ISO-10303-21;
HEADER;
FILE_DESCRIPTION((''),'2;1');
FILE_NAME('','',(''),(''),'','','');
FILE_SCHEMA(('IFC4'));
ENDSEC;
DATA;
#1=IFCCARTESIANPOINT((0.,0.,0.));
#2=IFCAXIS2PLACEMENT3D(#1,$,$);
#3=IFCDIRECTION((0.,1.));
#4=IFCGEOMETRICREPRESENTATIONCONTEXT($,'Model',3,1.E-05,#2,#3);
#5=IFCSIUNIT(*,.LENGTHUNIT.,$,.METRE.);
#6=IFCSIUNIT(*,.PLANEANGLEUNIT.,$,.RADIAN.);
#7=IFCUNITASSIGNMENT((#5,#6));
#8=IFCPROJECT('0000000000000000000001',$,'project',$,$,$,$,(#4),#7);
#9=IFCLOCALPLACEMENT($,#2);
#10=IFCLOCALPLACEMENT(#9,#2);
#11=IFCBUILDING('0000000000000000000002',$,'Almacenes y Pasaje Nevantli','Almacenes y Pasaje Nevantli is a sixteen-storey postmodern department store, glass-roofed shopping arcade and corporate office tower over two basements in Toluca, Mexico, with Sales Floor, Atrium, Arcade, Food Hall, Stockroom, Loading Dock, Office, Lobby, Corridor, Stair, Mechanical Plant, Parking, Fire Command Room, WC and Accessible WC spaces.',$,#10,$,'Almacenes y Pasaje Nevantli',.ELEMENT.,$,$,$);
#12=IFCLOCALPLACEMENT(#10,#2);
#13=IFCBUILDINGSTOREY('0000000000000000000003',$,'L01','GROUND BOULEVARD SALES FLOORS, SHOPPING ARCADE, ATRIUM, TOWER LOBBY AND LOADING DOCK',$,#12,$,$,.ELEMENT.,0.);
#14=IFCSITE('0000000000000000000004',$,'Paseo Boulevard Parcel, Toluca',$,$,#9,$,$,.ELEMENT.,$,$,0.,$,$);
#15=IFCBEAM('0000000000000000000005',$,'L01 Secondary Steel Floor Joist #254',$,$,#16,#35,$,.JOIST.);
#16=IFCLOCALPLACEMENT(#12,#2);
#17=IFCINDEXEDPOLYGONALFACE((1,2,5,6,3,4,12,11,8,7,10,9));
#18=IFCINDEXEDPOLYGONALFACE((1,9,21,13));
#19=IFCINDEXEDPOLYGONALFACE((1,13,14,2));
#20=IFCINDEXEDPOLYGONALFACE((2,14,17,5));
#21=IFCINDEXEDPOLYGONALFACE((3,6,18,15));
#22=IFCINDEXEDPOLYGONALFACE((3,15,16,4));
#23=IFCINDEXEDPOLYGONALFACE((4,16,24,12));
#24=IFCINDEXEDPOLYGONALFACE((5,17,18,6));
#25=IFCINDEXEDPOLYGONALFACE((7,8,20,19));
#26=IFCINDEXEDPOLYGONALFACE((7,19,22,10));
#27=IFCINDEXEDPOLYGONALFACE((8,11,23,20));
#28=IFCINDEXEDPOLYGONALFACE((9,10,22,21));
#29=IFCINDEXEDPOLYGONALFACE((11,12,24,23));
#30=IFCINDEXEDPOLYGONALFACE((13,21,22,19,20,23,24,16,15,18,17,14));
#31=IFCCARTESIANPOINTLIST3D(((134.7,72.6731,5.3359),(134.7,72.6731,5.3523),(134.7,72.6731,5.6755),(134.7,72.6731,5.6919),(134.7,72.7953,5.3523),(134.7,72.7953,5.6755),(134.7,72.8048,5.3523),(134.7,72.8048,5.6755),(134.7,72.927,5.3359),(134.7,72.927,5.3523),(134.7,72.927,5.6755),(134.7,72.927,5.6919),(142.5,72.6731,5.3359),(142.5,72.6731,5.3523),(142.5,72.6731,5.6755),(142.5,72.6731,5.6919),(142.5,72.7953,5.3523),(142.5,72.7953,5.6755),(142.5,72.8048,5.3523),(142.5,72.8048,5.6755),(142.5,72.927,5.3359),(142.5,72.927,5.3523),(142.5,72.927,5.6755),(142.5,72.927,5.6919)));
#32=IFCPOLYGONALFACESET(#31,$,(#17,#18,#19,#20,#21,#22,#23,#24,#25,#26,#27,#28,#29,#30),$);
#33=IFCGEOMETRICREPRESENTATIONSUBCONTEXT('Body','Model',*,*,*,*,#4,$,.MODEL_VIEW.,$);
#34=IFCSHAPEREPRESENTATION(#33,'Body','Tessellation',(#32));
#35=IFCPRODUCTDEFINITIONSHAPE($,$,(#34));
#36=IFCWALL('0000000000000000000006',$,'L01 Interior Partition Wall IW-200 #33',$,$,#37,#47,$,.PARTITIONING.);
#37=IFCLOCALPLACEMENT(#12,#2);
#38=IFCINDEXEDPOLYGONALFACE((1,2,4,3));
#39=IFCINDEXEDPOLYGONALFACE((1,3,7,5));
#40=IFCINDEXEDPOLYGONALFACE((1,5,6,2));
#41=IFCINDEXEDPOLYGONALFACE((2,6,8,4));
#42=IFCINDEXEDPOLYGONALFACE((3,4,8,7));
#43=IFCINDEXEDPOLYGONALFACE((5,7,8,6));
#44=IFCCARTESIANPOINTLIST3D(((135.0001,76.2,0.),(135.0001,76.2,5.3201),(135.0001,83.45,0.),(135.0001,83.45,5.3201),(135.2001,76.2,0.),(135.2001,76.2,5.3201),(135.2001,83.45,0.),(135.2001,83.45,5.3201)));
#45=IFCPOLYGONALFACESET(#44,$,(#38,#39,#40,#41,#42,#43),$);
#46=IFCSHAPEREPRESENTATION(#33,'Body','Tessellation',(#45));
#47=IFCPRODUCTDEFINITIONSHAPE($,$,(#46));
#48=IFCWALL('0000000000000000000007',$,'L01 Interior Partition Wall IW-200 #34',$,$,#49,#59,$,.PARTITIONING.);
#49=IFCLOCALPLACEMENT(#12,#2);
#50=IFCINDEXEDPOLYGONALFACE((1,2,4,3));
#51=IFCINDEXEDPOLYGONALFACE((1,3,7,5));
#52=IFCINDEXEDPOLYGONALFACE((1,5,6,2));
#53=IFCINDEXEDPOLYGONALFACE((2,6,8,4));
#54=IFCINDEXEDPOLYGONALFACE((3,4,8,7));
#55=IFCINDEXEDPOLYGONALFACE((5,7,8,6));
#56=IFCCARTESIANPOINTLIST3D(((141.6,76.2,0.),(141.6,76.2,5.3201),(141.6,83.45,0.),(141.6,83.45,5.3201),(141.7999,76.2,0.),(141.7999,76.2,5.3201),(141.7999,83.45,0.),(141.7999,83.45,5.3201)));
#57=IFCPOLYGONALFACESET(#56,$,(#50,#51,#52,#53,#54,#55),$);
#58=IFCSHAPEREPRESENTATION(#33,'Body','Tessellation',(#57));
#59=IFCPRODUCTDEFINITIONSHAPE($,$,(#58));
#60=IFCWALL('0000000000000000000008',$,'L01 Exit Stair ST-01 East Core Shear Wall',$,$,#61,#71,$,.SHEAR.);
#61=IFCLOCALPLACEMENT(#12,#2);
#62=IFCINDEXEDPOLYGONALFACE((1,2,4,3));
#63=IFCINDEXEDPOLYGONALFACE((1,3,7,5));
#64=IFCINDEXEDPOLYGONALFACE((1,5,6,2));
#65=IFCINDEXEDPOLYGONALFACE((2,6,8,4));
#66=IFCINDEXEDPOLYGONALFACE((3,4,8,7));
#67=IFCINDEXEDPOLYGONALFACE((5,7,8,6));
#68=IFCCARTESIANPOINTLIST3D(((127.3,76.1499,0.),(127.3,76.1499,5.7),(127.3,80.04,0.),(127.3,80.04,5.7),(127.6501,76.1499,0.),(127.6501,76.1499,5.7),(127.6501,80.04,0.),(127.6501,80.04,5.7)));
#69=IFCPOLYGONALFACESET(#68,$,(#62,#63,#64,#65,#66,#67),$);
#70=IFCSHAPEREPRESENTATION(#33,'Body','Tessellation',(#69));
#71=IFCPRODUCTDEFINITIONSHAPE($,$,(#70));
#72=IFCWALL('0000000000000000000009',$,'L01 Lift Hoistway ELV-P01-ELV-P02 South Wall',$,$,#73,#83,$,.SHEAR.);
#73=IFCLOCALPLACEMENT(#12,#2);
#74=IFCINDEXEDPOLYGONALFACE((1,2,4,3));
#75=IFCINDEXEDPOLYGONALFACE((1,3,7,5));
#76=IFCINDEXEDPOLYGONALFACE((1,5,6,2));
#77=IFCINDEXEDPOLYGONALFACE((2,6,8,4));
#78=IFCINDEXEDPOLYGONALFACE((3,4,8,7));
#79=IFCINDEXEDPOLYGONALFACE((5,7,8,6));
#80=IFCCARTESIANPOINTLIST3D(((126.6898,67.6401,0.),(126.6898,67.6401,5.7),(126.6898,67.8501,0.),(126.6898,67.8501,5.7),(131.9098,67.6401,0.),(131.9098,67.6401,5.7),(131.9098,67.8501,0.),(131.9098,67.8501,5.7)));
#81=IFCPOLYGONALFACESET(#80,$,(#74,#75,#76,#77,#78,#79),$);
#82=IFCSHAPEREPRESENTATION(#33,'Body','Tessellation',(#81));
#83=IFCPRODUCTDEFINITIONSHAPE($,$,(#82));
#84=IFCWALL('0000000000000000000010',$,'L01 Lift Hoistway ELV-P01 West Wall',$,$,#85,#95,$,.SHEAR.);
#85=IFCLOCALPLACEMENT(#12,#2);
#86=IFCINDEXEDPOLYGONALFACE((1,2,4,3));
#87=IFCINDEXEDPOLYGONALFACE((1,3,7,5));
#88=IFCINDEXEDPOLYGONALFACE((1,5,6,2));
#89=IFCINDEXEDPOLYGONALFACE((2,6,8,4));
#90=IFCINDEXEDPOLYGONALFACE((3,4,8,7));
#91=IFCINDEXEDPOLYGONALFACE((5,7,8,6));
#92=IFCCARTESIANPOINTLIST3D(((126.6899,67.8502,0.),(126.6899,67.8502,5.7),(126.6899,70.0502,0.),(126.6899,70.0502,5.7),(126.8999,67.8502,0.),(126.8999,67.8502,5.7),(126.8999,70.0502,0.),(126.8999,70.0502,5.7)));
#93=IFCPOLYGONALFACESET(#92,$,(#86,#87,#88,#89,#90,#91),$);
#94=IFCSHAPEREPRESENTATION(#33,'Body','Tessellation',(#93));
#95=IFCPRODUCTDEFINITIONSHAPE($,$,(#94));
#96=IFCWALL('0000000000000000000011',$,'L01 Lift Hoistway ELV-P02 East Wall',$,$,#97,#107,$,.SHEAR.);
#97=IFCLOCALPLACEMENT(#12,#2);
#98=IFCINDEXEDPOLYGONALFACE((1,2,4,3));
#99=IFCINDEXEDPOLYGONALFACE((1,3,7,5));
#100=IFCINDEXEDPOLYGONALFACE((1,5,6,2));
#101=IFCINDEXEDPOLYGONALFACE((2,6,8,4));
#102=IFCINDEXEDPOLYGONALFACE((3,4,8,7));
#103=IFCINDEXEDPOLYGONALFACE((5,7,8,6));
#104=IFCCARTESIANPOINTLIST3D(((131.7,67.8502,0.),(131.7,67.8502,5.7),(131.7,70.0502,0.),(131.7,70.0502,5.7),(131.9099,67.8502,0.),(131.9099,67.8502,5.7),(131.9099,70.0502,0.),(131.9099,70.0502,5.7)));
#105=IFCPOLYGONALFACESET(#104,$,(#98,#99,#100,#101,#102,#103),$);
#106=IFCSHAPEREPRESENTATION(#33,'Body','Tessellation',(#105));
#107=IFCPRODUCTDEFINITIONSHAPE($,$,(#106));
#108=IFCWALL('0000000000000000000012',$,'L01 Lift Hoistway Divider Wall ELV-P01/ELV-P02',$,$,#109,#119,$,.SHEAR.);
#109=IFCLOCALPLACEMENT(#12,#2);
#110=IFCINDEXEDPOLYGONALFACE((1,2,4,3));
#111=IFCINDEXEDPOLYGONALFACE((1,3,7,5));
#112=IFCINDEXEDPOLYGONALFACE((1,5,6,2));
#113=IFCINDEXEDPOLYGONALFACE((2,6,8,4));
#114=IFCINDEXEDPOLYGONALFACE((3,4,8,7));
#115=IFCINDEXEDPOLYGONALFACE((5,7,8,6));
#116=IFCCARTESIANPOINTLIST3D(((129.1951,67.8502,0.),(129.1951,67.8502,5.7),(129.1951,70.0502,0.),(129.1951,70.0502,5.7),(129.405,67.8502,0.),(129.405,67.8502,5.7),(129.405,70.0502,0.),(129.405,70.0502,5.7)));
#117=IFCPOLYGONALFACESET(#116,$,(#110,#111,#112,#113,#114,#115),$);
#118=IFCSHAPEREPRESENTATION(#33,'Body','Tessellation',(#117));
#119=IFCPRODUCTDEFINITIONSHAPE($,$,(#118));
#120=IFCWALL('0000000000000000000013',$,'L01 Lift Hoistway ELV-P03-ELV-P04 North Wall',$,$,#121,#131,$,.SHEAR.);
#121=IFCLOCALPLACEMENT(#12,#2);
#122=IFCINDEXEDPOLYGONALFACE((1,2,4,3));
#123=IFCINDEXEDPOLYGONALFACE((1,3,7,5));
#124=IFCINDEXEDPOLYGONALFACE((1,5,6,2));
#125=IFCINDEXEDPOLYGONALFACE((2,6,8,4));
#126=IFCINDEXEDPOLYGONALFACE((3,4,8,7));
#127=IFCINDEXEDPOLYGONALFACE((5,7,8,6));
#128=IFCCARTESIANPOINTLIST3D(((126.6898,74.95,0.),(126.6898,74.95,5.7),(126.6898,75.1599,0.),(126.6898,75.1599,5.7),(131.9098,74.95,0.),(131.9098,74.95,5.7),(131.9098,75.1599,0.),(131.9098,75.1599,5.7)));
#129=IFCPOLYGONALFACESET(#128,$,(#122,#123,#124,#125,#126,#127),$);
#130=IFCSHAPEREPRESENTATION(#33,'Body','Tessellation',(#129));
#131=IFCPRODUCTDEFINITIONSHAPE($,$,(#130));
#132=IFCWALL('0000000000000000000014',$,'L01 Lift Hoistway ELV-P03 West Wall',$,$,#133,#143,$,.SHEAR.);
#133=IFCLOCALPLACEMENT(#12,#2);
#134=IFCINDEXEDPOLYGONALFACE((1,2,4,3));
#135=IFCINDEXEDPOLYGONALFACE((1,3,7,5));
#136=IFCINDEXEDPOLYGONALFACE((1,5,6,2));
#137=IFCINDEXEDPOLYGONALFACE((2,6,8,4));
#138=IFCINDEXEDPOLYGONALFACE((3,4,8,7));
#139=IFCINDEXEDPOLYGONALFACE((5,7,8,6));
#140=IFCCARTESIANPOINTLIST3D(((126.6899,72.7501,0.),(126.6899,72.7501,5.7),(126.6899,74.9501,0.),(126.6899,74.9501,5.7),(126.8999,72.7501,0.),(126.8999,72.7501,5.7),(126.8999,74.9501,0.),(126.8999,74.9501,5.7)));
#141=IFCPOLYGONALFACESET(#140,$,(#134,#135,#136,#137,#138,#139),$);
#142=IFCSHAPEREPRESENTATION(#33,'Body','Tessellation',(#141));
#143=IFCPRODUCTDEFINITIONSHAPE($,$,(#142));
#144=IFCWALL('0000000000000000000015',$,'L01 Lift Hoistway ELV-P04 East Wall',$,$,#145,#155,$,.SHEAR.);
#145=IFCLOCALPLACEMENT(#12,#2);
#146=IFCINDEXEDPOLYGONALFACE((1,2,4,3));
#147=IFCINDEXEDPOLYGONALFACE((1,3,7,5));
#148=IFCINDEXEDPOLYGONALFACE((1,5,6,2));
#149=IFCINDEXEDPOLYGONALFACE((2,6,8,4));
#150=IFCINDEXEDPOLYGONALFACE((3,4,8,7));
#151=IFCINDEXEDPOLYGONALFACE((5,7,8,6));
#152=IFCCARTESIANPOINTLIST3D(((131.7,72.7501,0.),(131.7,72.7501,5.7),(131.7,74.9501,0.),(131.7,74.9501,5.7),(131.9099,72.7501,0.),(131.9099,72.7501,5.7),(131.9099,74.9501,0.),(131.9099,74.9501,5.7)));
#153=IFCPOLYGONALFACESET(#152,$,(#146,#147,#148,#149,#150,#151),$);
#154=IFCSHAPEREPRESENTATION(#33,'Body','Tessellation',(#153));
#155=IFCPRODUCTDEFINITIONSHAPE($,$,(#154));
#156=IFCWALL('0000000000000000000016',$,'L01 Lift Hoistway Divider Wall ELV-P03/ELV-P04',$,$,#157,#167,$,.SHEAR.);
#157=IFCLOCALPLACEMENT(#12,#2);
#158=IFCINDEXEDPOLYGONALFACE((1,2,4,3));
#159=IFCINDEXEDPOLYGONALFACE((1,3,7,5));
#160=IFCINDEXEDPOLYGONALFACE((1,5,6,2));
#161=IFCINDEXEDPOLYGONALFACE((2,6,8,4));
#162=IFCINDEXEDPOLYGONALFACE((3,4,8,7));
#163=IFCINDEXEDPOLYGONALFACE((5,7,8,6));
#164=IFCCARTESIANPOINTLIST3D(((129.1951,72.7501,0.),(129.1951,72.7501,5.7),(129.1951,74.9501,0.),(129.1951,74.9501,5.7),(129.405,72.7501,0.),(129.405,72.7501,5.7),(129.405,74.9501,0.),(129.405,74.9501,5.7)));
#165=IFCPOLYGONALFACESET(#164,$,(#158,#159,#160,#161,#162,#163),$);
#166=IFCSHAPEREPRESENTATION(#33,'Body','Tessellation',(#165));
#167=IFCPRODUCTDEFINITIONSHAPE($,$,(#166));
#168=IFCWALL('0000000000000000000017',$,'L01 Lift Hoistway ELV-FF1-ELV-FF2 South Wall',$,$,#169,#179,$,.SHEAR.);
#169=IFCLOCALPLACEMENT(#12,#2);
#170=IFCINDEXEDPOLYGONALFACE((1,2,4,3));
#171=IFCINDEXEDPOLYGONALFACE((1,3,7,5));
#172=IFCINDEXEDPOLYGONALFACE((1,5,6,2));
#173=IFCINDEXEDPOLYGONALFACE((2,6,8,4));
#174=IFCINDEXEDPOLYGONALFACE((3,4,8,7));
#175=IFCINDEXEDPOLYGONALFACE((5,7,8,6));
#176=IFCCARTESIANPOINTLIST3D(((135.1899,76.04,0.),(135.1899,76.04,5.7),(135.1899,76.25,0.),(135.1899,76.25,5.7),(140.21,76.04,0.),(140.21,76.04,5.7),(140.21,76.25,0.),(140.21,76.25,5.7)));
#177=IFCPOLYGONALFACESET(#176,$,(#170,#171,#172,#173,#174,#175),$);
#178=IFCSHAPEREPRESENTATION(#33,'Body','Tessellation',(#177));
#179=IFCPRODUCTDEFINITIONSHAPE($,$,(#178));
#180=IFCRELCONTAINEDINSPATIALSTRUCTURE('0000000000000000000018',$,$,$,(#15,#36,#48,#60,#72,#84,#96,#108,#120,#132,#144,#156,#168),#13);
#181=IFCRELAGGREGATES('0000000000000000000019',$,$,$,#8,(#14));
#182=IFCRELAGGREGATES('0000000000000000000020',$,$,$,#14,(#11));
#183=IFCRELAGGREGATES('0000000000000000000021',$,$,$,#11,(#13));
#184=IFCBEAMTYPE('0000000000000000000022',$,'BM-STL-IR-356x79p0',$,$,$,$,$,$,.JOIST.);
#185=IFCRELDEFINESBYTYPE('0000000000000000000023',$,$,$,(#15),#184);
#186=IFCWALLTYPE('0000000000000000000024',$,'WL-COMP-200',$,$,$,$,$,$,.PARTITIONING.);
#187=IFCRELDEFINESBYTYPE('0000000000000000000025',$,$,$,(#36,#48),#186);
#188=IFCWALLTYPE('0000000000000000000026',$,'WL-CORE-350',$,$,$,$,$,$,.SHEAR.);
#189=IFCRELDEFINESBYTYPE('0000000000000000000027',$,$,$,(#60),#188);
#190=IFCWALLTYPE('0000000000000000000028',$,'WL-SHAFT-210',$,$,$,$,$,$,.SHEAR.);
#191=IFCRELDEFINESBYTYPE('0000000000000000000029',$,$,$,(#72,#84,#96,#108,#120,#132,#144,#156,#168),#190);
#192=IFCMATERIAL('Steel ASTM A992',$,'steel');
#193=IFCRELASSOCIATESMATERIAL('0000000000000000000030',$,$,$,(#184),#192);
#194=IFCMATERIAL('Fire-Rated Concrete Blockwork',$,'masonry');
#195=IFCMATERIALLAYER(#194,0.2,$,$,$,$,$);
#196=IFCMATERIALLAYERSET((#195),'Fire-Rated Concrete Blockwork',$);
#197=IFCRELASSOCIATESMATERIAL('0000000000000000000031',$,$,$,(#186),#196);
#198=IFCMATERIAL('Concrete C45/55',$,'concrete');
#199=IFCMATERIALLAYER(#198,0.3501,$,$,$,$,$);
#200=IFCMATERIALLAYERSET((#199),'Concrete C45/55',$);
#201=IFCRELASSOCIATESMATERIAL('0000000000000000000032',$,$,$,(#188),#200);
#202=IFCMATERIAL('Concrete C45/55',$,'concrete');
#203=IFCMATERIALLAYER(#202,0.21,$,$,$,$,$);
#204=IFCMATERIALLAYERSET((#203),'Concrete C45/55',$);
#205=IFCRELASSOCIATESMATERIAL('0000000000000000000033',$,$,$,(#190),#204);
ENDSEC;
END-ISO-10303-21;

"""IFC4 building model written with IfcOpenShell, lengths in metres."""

from ifc_helpers import new_model, si_unit, direction, frame, frame_2d, origin, origin_2d, place, context, subcontext, project, spatial, rectangle, i_section, extrude, material, layer, layer_set, material_profile, profile_set, type_object, element, save


model = new_model("IFC4")

# Units and contexts
model_context = context("Model", 3, precision=1e-05, world=origin(), true_north=direction((0.0, 1.0)))
body_context = subcontext(model_context, "Body", "Model", "MODEL_VIEW")
ifc_project = project(units=[si_unit("LENGTHUNIT", "METRE"), si_unit("PLANEANGLEUNIT", "RADIAN")], contexts=[model_context])

# Site, building, storey
site_placement = place(None, origin())
site = spatial("IfcSite", under=ifc_project, at=site_placement, Name="Paseo Boulevard Parcel, Toluca", CompositionType="ELEMENT", RefElevation=0.0)
building_placement = place(site_placement, origin())
building = spatial("IfcBuilding", under=site, at=building_placement, Name="Almacenes y Pasaje Nevantli", Description="Almacenes y Pasaje Nevantli is a sixteen-storey postmodern department store, glass-roofed shopping arcade and corporate office tower over two basements in Toluca, Mexico, with Sales Floor, Atrium, Arcade, Food Hall, Stockroom, Loading Dock, Office, Lobby, Corridor, Stair, Mechanical Plant, Parking, Fire Command Room, WC and Accessible WC spaces.", LongName="Almacenes y Pasaje Nevantli", CompositionType="ELEMENT")
storey_placement = place(building_placement, origin())
storey = spatial("IfcBuildingStorey", under=building, at=storey_placement, Name="L01", Description="GROUND BOULEVARD SALES FLOORS, SHOPPING ARCADE, ATRIUM, TOWER LOBBY AND LOADING DOCK", CompositionType="ELEMENT", Elevation=0.0)

# Beam
ifc_material_1 = material(Name="Steel ASTM A992", Category="steel")
ifc_material_profile_1 = material_profile(ifc_material_1, i_section(OverallWidth=0.2539, OverallDepth=0.356, WebThickness=0.0095, FlangeThickness=0.0164, at=origin_2d()), Name="IR 356x79.0")
ifc_profile_set_1 = profile_set([ifc_material_profile_1], Name="Steel ASTM A992")
beam_type_1 = type_object("IfcBeamType", Name="BM-STL-IR-356x79p0", PredefinedType="JOIST", material=ifc_profile_set_1)
for number, where, z_axis, x_axis, name in (
    (1, (134.7, 72.8, 5.5139), (1.0, 0.0, 0.0), (0.0, 1.0, 0.0), "L01 Secondary Steel Floor Joist #254"),
):
    element("IfcBeam", number, at=place(storey_placement, frame(where, z_axis=z_axis, x_axis=x_axis)), inside=storey, type_object=beam_type_1, Name=name, PredefinedType="JOIST", context=body_context, shape_type="SweptSolid", body=[
        extrude(i_section(OverallWidth=0.2539, OverallDepth=0.356, WebThickness=0.0095, FlangeThickness=0.0164, at=origin_2d()), origin(), (0.0, 0.0, 1.0), 7.8),
    ])

# Walls
ifc_material_2 = material(Name="Fire-Rated Concrete Blockwork", Category="masonry")
ifc_layer_1 = layer(ifc_material_2, 0.2)
ifc_layer_set_1 = layer_set([ifc_layer_1], Name="Fire-Rated Concrete Blockwork")
wall_type_1 = type_object("IfcWallType", Name="WL-COMP-200", PredefinedType="PARTITIONING", material=ifc_layer_set_1)
for number, where, z_axis, x_axis, name in (
    (2, (135.1001, 76.2, 0.0), (0.0, 0.0, 1.0), (0.0, 1.0, 0.0), "L01 Interior Partition Wall IW-200 #33"),
    (3, (141.7, 76.2, 0.0), (0.0, 0.0, 1.0), (0.0, 1.0, 0.0), "L01 Interior Partition Wall IW-200 #34"),
):
    element("IfcWall", number, at=place(storey_placement, frame(where, z_axis=z_axis, x_axis=x_axis)), inside=storey, type_object=wall_type_1, Name=name, PredefinedType="PARTITIONING", context=body_context, shape_type="SweptSolid", body=[
        extrude(rectangle(XDim=7.25, YDim=0.2, at=frame_2d((3.625, 0.0))), origin(), (0.0, 0.0, 1.0), 5.3201),
    ])
ifc_material_3 = material(Name="Concrete C45/55", Category="concrete")
ifc_layer_2 = layer(ifc_material_3, 0.3501)
ifc_layer_set_2 = layer_set([ifc_layer_2], Name="Concrete C45/55")
wall_type_2 = type_object("IfcWallType", Name="WL-CORE-350", PredefinedType="SHEAR", material=ifc_layer_set_2)
wall_1_placement = place(storey_placement, frame((127.4751, 76.1499, 0.0), z_axis=(0.0, 0.0, 1.0), x_axis=(0.0, 1.0, 0.0)))
element("IfcWall", 4, at=wall_1_placement, inside=storey, type_object=wall_type_2, Name="L01 Exit Stair ST-01 East Core Shear Wall", PredefinedType="SHEAR", context=body_context, shape_type="SweptSolid", body=[
    extrude(rectangle(XDim=3.8901, YDim=0.3501, at=frame_2d((1.9451, 0.0))), origin(), (0.0, 0.0, 1.0), 5.7),
])
ifc_material_4 = material(Name="Concrete C45/55", Category="concrete")
ifc_layer_3 = layer(ifc_material_4, 0.21)
ifc_layer_set_3 = layer_set([ifc_layer_3], Name="Concrete C45/55")
wall_type_3 = type_object("IfcWallType", Name="WL-SHAFT-210", PredefinedType="SHEAR", material=ifc_layer_set_3)
wall_2_placement = place(storey_placement, frame((126.6899, 67.7451, 0.0), z_axis=(0.0, 0.0, 1.0), x_axis=(1.0, 0.0, 0.0)))
element("IfcWall", 5, at=wall_2_placement, inside=storey, type_object=wall_type_3, Name="L01 Lift Hoistway ELV-P01-ELV-P02 South Wall", PredefinedType="SHEAR", context=body_context, shape_type="SweptSolid", body=[
    extrude(rectangle(XDim=5.22, YDim=0.21, at=frame_2d((2.6099, 0.0))), origin(), (0.0, 0.0, 1.0), 5.7),
])

# Walls
for number, where, z_axis, x_axis, name in (
    (6, (126.7949, 67.8501, 0.0), (0.0, 0.0, 1.0), (0.0, 1.0, 0.0), "L01 Lift Hoistway ELV-P01 West Wall"),
    (7, (131.8049, 67.8501, 0.0), (0.0, 0.0, 1.0), (0.0, 1.0, 0.0), "L01 Lift Hoistway ELV-P02 East Wall"),
    (8, (129.3, 67.8501, 0.0), (0.0, 0.0, 1.0), (0.0, 1.0, 0.0), "L01 Lift Hoistway Divider Wall ELV-P01/ELV-P02"),
):
    element("IfcWall", number, at=place(storey_placement, frame(where, z_axis=z_axis, x_axis=x_axis)), inside=storey, type_object=wall_type_3, Name=name, PredefinedType="SHEAR", context=body_context, shape_type="SweptSolid", body=[
        extrude(rectangle(XDim=2.2, YDim=0.21, at=frame_2d((1.1001, 0.0))), origin(), (0.0, 0.0, 1.0), 5.7),
    ])

# Walls
wall_3_placement = place(storey_placement, frame((126.6899, 75.0549, 0.0), z_axis=(0.0, 0.0, 1.0), x_axis=(1.0, 0.0, 0.0)))
element("IfcWall", 9, at=wall_3_placement, inside=storey, type_object=wall_type_3, Name="L01 Lift Hoistway ELV-P03-ELV-P04 North Wall", PredefinedType="SHEAR", context=body_context, shape_type="SweptSolid", body=[
    extrude(rectangle(XDim=5.22, YDim=0.21, at=frame_2d((2.6099, 0.0))), origin(), (0.0, 0.0, 1.0), 5.7),
])
for number, where, z_axis, x_axis, name in (
    (10, (126.7949, 72.75, 0.0), (0.0, 0.0, 1.0), (0.0, 1.0, 0.0), "L01 Lift Hoistway ELV-P03 West Wall"),
    (11, (131.8049, 72.75, 0.0), (0.0, 0.0, 1.0), (0.0, 1.0, 0.0), "L01 Lift Hoistway ELV-P04 East Wall"),
    (12, (129.3, 72.75, 0.0), (0.0, 0.0, 1.0), (0.0, 1.0, 0.0), "L01 Lift Hoistway Divider Wall ELV-P03/ELV-P04"),
):
    element("IfcWall", number, at=place(storey_placement, frame(where, z_axis=z_axis, x_axis=x_axis)), inside=storey, type_object=wall_type_3, Name=name, PredefinedType="SHEAR", context=body_context, shape_type="SweptSolid", body=[
        extrude(rectangle(XDim=2.2, YDim=0.21, at=frame_2d((1.1001, 0.0))), origin(), (0.0, 0.0, 1.0), 5.7),
    ])
wall_4_placement = place(storey_placement, frame((135.1899, 76.145, 0.0), z_axis=(0.0, 0.0, 1.0), x_axis=(1.0, 0.0, 0.0)))
element("IfcWall", 13, at=wall_4_placement, inside=storey, type_object=wall_type_3, Name="L01 Lift Hoistway ELV-FF1-ELV-FF2 South Wall", PredefinedType="SHEAR", context=body_context, shape_type="SweptSolid", body=[
    extrude(rectangle(XDim=5.02, YDim=0.21, at=frame_2d((2.51, 0.0))), origin(), (0.0, 0.0, 1.0), 5.7),
])

save(model, "model.ifc")
